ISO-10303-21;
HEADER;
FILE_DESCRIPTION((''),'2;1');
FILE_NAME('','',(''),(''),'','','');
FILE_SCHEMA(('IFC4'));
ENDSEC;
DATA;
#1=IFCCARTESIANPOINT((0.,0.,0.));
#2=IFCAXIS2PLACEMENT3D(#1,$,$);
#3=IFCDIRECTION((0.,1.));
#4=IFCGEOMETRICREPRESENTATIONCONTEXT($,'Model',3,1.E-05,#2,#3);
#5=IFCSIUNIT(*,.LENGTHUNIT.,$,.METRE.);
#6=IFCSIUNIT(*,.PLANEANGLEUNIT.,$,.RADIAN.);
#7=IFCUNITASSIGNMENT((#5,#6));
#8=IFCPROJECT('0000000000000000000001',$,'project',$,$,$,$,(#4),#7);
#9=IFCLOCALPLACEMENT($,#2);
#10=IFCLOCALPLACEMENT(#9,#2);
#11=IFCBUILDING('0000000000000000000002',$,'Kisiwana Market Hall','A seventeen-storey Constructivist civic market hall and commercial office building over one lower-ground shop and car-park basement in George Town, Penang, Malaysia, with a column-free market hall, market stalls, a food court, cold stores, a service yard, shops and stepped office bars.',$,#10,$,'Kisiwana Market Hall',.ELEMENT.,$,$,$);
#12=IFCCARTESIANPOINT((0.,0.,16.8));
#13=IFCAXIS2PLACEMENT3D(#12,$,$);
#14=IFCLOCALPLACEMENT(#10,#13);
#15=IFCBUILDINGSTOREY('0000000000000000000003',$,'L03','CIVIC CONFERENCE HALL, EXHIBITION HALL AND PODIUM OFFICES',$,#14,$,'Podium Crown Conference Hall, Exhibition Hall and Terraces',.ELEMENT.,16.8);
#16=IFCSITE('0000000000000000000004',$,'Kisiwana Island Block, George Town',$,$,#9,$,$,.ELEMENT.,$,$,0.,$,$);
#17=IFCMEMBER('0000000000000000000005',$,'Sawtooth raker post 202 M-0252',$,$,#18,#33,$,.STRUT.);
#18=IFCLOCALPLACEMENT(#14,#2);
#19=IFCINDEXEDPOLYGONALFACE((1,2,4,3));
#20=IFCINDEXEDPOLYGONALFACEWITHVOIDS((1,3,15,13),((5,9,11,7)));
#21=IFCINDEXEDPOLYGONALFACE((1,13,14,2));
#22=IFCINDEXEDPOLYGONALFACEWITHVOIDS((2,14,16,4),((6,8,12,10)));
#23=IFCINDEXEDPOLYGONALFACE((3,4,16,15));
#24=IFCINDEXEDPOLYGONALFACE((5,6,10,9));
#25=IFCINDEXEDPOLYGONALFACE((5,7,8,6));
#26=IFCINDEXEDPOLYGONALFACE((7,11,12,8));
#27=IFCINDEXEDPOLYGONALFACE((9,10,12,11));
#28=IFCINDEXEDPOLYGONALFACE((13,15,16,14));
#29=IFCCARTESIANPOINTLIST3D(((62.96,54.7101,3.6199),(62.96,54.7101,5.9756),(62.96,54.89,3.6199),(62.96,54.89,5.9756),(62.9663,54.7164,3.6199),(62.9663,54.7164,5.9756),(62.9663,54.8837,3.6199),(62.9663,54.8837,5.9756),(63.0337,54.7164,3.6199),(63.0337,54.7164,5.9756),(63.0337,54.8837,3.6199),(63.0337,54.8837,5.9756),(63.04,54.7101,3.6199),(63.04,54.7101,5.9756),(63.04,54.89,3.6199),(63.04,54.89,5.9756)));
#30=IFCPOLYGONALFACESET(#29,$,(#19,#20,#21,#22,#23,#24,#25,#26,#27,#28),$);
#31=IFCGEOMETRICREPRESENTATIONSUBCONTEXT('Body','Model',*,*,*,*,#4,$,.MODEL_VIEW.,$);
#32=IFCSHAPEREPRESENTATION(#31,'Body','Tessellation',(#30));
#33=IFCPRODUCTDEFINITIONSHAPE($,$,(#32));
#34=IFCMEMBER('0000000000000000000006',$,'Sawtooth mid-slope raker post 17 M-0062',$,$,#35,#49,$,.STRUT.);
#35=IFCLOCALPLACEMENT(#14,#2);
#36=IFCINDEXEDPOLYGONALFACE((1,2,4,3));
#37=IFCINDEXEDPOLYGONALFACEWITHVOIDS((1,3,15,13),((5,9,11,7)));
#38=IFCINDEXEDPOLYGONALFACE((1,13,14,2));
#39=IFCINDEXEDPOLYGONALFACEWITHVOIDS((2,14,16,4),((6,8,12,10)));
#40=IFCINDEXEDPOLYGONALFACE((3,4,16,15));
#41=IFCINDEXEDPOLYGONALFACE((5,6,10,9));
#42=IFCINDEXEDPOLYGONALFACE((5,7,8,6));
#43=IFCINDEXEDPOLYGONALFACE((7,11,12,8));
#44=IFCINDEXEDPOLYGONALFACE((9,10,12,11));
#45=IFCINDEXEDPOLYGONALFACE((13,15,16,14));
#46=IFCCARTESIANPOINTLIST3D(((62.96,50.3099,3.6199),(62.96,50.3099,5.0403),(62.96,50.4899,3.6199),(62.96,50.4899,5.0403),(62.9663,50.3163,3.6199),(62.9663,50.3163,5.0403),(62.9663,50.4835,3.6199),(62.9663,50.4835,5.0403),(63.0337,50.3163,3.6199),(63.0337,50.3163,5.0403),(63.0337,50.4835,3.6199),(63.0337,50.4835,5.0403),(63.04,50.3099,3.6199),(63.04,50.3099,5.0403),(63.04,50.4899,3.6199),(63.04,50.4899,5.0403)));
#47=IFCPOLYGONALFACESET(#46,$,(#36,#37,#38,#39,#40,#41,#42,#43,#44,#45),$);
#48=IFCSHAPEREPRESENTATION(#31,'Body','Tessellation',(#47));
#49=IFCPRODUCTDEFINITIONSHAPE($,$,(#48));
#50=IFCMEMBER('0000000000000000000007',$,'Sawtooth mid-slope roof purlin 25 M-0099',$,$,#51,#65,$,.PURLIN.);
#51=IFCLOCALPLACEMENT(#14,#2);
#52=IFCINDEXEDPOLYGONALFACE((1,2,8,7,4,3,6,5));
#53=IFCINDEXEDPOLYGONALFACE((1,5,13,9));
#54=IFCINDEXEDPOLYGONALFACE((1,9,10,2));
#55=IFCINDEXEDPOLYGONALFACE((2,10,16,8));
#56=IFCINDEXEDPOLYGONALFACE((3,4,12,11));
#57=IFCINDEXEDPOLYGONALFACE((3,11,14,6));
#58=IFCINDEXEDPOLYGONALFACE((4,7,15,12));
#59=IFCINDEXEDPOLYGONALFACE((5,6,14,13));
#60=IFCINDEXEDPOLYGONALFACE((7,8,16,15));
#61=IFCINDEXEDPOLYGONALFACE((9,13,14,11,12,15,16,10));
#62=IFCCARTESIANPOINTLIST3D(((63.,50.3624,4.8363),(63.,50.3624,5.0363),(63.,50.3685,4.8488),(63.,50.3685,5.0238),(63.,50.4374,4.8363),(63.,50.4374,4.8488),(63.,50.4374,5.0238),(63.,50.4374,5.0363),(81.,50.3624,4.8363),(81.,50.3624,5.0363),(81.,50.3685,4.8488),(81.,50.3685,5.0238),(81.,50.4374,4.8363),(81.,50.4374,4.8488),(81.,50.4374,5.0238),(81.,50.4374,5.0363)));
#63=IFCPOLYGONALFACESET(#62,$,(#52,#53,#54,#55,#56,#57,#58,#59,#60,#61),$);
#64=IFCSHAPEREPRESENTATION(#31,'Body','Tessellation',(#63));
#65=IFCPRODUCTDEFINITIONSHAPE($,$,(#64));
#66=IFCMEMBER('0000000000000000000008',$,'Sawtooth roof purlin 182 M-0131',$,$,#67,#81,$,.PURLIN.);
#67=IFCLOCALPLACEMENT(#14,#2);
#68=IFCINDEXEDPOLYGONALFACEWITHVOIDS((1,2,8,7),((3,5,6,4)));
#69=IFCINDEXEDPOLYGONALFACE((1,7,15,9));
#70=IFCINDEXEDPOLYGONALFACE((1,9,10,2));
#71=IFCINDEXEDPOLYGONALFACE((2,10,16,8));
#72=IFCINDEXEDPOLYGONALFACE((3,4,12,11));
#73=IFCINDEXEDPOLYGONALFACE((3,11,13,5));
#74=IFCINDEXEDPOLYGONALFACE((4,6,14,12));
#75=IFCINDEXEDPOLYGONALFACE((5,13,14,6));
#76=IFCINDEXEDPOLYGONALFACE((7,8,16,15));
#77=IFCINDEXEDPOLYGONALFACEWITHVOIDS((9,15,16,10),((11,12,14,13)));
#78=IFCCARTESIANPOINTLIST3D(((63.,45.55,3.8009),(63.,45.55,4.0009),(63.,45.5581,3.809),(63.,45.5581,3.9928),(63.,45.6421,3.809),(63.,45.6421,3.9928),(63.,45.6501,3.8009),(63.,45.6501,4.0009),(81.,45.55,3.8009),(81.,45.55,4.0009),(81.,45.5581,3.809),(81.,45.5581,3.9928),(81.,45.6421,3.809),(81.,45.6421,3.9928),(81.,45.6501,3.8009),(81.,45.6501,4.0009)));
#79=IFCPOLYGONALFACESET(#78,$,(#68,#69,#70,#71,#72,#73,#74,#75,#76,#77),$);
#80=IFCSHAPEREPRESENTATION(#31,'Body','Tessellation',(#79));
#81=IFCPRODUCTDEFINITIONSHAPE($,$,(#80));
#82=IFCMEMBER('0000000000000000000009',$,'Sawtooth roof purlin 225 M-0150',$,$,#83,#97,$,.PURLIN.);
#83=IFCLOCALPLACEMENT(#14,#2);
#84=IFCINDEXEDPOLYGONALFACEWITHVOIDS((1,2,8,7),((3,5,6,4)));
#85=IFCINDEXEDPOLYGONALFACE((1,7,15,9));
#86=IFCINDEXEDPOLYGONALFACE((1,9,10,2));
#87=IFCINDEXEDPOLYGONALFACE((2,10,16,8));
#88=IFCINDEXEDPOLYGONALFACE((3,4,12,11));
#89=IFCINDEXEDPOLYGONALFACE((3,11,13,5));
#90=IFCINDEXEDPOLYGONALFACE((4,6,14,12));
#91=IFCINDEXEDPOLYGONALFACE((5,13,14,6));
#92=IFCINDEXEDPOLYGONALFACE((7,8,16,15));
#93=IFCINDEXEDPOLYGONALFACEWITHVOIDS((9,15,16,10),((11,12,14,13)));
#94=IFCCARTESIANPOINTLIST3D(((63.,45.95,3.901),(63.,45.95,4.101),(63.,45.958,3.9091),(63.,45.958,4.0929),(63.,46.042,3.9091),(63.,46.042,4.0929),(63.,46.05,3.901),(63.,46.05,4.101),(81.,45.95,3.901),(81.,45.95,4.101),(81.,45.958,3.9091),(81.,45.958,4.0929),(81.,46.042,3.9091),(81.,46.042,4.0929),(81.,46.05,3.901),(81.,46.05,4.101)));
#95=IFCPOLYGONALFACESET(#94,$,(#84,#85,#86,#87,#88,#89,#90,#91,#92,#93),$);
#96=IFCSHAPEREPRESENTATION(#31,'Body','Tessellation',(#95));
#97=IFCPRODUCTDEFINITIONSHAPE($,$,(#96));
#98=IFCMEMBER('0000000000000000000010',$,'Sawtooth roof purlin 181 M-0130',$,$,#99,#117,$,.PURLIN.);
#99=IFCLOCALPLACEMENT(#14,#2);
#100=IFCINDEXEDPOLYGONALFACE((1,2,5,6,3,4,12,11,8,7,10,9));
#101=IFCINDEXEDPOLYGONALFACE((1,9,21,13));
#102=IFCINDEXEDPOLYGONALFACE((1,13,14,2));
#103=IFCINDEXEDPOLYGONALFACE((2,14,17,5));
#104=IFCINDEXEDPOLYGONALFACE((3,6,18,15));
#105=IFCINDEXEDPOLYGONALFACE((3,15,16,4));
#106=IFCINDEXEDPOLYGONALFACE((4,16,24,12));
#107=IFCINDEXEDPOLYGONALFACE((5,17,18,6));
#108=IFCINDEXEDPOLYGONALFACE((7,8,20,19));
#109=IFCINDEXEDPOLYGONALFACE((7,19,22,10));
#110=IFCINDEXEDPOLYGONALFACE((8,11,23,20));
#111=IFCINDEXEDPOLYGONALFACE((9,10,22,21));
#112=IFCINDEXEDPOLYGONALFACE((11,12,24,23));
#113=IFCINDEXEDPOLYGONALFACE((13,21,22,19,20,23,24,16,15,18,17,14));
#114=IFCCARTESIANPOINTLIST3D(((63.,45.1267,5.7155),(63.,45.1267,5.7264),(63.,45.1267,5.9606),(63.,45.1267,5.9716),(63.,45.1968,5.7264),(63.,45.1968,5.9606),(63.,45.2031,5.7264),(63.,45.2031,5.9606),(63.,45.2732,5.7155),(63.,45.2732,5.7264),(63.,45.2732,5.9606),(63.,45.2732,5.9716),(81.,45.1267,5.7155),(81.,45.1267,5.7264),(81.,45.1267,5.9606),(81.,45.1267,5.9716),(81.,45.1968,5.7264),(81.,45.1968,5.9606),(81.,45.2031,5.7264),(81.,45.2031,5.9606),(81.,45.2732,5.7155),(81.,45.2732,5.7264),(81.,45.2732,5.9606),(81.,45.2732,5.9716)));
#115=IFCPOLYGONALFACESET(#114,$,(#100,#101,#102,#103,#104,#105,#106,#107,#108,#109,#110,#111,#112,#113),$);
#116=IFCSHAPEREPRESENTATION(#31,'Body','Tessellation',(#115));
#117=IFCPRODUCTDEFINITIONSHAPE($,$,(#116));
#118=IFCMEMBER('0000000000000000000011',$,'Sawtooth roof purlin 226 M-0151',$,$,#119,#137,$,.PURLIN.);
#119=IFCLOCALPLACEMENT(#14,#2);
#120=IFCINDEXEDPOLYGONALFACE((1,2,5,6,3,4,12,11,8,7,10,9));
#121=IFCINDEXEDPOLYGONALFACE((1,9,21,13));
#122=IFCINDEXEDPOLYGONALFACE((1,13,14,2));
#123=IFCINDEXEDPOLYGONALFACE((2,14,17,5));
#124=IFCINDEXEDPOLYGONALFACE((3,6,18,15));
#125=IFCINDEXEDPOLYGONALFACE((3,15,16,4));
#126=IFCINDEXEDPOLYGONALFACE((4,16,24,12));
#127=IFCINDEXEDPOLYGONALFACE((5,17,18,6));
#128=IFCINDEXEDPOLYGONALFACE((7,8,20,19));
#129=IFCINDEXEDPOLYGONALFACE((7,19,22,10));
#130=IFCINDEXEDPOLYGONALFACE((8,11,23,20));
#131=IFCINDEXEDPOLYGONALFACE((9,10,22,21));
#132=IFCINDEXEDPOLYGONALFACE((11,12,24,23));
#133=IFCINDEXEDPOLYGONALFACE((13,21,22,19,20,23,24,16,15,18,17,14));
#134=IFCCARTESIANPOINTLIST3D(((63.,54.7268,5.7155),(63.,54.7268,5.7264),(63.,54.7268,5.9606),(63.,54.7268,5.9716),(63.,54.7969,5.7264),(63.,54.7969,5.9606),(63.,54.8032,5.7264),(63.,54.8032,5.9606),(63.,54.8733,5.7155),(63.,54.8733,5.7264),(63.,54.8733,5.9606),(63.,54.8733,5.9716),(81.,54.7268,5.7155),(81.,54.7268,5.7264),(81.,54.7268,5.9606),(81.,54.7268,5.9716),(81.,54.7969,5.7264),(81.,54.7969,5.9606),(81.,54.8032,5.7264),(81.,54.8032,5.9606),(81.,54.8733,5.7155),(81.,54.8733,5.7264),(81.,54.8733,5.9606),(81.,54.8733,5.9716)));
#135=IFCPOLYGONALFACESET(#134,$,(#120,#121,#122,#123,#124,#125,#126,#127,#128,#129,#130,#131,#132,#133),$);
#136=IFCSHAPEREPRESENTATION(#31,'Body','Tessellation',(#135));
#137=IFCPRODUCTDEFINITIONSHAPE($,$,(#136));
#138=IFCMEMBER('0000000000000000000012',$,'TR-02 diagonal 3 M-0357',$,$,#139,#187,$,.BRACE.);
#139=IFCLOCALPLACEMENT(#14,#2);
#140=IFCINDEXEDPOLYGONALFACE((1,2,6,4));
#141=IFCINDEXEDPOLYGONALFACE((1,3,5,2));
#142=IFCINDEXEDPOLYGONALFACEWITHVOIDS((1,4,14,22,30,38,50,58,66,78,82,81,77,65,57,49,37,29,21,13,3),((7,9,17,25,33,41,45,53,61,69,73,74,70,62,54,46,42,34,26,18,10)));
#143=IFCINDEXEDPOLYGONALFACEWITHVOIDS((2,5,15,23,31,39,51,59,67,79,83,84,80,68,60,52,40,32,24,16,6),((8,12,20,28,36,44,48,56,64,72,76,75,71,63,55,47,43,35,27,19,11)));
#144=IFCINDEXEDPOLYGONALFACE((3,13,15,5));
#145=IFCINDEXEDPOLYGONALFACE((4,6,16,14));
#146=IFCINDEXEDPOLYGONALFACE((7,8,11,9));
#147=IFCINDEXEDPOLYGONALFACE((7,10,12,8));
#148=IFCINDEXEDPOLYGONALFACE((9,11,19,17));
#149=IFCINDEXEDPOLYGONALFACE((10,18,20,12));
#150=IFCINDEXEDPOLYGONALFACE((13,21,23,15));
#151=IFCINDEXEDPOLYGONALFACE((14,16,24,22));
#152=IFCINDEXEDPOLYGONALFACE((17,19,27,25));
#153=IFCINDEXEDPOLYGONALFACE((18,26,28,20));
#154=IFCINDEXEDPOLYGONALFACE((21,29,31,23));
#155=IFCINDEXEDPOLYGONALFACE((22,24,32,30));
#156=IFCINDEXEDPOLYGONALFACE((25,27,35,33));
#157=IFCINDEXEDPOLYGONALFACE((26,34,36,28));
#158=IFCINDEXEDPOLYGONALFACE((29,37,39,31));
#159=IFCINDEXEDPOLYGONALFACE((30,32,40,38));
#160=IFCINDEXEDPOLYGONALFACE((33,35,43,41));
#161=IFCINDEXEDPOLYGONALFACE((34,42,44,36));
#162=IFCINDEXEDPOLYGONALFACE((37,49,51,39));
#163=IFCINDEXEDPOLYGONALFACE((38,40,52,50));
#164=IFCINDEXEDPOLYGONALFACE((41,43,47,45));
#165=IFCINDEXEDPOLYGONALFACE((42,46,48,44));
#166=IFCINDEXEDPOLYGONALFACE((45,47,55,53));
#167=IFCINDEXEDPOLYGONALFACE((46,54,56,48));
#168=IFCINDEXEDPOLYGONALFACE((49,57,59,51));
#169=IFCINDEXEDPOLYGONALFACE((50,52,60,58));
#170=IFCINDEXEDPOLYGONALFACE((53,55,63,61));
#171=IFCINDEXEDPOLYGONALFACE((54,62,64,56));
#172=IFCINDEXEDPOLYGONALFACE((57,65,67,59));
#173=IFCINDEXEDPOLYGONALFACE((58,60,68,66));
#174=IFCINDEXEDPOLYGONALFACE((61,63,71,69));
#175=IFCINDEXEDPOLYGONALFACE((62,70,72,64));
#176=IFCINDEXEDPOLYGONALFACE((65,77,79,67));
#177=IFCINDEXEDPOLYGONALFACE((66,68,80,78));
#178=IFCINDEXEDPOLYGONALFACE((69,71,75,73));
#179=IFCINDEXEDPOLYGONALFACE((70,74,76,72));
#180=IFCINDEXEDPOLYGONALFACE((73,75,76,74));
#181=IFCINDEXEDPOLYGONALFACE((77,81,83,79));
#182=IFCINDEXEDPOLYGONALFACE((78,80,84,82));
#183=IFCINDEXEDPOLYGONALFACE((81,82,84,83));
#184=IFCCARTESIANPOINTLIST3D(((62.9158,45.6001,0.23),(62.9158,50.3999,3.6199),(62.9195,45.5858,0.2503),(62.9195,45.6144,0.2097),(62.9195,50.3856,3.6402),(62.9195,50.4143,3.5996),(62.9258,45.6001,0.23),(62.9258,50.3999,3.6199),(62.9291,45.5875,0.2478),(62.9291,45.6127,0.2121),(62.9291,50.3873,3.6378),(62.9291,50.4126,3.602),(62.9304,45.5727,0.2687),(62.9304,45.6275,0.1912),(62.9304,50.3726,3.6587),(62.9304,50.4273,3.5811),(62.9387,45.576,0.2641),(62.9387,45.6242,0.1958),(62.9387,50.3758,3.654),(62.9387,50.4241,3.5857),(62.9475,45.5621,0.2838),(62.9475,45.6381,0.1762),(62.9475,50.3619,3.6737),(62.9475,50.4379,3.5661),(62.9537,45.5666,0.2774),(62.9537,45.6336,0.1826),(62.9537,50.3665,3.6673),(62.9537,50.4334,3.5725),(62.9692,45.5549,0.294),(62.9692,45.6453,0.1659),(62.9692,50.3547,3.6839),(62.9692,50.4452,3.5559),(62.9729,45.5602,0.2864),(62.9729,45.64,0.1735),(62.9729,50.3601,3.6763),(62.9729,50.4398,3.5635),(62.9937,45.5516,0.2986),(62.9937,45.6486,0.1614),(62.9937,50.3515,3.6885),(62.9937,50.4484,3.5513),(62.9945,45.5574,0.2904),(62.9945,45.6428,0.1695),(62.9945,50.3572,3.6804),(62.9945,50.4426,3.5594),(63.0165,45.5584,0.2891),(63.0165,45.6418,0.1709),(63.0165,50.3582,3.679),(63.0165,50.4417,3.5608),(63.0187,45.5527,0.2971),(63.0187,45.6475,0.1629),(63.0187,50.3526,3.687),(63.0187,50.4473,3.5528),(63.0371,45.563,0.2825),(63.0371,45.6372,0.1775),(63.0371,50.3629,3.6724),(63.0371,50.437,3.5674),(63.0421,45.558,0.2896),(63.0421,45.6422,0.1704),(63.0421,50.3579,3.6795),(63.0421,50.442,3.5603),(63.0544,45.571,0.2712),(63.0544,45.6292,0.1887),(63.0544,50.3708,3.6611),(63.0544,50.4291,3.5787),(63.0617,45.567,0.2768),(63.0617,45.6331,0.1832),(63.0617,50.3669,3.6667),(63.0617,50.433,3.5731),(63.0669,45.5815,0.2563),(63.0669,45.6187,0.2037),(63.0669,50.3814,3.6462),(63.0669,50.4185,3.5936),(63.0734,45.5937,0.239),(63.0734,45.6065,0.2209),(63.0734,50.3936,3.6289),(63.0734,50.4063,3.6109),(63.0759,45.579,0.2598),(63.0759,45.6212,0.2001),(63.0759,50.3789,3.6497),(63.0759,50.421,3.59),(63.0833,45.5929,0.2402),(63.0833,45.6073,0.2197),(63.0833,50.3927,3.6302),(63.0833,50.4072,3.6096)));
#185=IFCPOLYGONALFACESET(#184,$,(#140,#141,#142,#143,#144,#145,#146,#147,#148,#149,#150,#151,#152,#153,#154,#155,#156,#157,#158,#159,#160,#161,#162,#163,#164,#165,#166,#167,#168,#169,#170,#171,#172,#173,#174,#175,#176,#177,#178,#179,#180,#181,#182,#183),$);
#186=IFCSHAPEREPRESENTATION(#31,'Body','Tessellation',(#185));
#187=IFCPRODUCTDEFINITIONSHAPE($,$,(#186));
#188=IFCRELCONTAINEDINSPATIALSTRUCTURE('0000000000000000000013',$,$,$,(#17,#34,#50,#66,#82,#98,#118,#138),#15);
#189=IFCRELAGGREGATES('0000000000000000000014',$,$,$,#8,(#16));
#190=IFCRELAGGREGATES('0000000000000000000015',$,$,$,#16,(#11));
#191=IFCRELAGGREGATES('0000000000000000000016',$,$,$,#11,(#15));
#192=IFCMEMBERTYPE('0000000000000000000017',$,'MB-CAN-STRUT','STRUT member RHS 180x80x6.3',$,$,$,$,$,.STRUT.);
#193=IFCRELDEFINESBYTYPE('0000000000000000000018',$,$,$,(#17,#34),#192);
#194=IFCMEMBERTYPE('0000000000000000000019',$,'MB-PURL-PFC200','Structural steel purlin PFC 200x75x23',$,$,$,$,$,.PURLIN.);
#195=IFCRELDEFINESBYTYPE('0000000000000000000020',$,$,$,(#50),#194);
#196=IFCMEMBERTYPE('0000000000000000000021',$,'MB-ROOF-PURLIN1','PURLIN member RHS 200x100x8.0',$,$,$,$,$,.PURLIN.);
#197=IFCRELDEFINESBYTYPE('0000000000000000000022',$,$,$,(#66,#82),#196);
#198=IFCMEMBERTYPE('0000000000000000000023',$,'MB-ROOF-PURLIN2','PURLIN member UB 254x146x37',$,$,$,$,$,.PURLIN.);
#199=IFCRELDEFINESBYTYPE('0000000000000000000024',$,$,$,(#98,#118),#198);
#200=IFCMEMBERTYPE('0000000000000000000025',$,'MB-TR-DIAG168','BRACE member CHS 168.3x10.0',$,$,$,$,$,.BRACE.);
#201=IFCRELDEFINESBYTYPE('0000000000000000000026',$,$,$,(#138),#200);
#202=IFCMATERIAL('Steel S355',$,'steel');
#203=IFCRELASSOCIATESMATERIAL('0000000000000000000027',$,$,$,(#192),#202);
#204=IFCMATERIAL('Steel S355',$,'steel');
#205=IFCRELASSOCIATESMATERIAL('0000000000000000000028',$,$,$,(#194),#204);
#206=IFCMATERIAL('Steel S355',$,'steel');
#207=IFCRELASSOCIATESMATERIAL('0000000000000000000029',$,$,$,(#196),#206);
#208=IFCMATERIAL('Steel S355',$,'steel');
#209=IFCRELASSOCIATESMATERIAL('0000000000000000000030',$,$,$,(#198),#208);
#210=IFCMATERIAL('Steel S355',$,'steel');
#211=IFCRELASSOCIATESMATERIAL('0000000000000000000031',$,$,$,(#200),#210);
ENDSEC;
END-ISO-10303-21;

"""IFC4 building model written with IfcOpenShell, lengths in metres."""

from ifc_helpers import new_model, si_unit, direction, frame, origin, origin_2d, place, context, subcontext, project, spatial, hollow_rectangle, hollow_circle, i_section, u_section, extrude, material, material_profile, profile_set, type_object, element, save


model = new_model("IFC4")

# Units and contexts
model_context = context("Model", 3, precision=1e-05, world=origin(), true_north=direction((0.0, 1.0)))
body_context = subcontext(model_context, "Body", "Model", "MODEL_VIEW")
ifc_project = project(units=[si_unit("LENGTHUNIT", "METRE"), si_unit("PLANEANGLEUNIT", "RADIAN")], contexts=[model_context])

# Site, building, storey
site_placement = place(None, origin())
site = spatial("IfcSite", under=ifc_project, at=site_placement, Name="Kisiwana Island Block, George Town", CompositionType="ELEMENT", RefElevation=0.0)
building_placement = place(site_placement, origin())
building = spatial("IfcBuilding", under=site, at=building_placement, Name="Kisiwana Market Hall", Description="A seventeen-storey Constructivist civic market hall and commercial office building over one lower-ground shop and car-park basement in George Town, Penang, Malaysia, with a column-free market hall, market stalls, a food court, cold stores, a service yard, shops and stepped office bars.", LongName="Kisiwana Market Hall", CompositionType="ELEMENT")
storey_placement = place(building_placement, frame((0.0, 0.0, 16.8)))
storey = spatial("IfcBuildingStorey", under=building, at=storey_placement, Name="L03", Description="CIVIC CONFERENCE HALL, EXHIBITION HALL AND PODIUM OFFICES", LongName="Podium Crown Conference Hall, Exhibition Hall and Terraces", CompositionType="ELEMENT", Elevation=16.8)

# Members
ifc_material_1 = material(Name="Steel S355", Category="steel")
ifc_material_profile_1 = material_profile(ifc_material_1, hollow_rectangle(XDim=0.0801, YDim=0.1799, WallThickness=0.0063, at=origin_2d()), Name="RHS 180x80x6.3")
ifc_profile_set_1 = profile_set([ifc_material_profile_1], Name="Steel S355")
member_type_1 = type_object("IfcMemberType", Name="MB-CAN-STRUT", Description="STRUT member RHS 180x80x6.3", PredefinedType="STRUT", material=ifc_profile_set_1)
member_1_placement = place(storey_placement, frame((63.0, 54.8, 3.6199), z_axis=(0.0, 0.0, 1.0), x_axis=(1.0, 0.0, 0.0)))
element("IfcMember", 1, at=member_1_placement, inside=storey, type_object=member_type_1, Name="Sawtooth raker post 202 M-0252", PredefinedType="STRUT", context=body_context, shape_type="SweptSolid", body=[
    extrude(hollow_rectangle(XDim=0.0801, YDim=0.1799, WallThickness=0.0063, at=origin_2d()), origin(), (0.0, 0.0, 1.0), 2.3557),
])
member_2_placement = place(storey_placement, frame((63.0, 50.3999, 3.6199), z_axis=(0.0, 0.0, 1.0), x_axis=(1.0, 0.0, 0.0)))
element("IfcMember", 2, at=member_2_placement, inside=storey, type_object=member_type_1, Name="Sawtooth mid-slope raker post 17 M-0062", PredefinedType="STRUT", context=body_context, shape_type="SweptSolid", body=[
    extrude(hollow_rectangle(XDim=0.0801, YDim=0.1799, WallThickness=0.0063, at=origin_2d()), origin(), (0.0, 0.0, 1.0), 1.4204),
])
ifc_material_2 = material(Name="Steel S355", Category="steel")
ifc_material_profile_2 = material_profile(ifc_material_2, u_section(Depth=0.2, FlangeWidth=0.075, WebThickness=0.0061, FlangeThickness=0.0125, at=origin_2d()), Name="PFC 200x75x23")
ifc_profile_set_2 = profile_set([ifc_material_profile_2], Name="Steel S355")
member_type_2 = type_object("IfcMemberType", Name="MB-PURL-PFC200", Description="Structural steel purlin PFC 200x75x23", PredefinedType="PURLIN", material=ifc_profile_set_2)
member_3_placement = place(storey_placement, frame((63.0, 50.3999, 4.9363), z_axis=(1.0, 0.0, 0.0), x_axis=(0.0, 1.0, 0.0)))
element("IfcMember", 3, at=member_3_placement, inside=storey, type_object=member_type_2, Name="Sawtooth mid-slope roof purlin 25 M-0099", PredefinedType="PURLIN", context=body_context, shape_type="SweptSolid", body=[
    extrude(u_section(Depth=0.2, FlangeWidth=0.075, WebThickness=0.0061, FlangeThickness=0.0125, at=origin_2d()), origin(), (0.0, 0.0, 1.0), 18.0),
])
ifc_material_3 = material(Name="Steel S355", Category="steel")
ifc_material_profile_3 = material_profile(ifc_material_3, hollow_rectangle(XDim=0.1001, YDim=0.2, WallThickness=0.0081, at=origin_2d()), Name="RHS 200x100x8.0")
ifc_profile_set_3 = profile_set([ifc_material_profile_3], Name="Steel S355")
member_type_3 = type_object("IfcMemberType", Name="MB-ROOF-PURLIN1", Description="PURLIN member RHS 200x100x8.0", PredefinedType="PURLIN", material=ifc_profile_set_3)
for number, where, z_axis, x_axis, name in (
    (4, (63.0, 45.6001, 3.9009), (1.0, 0.0, 0.0), (0.0, 1.0, 0.0), "Sawtooth roof purlin 182 M-0131"),
    (5, (63.0, 46.0, 4.001), (1.0, 0.0, 0.0), (0.0, 1.0, 0.0), "Sawtooth roof purlin 225 M-0150"),
):
    element("IfcMember", number, at=place(storey_placement, frame(where, z_axis=z_axis, x_axis=x_axis)), inside=storey, type_object=member_type_3, Name=name, PredefinedType="PURLIN", context=body_context, shape_type="SweptSolid", body=[
        extrude(hollow_rectangle(XDim=0.1001, YDim=0.2, WallThickness=0.0081, at=origin_2d()), origin(), (0.0, 0.0, 1.0), 18.0),
    ])
ifc_material_4 = material(Name="Steel S355", Category="steel")
ifc_material_profile_4 = material_profile(ifc_material_4, i_section(OverallWidth=0.1465, OverallDepth=0.2561, WebThickness=0.0063, FlangeThickness=0.011, at=origin_2d()), Name="UB 254x146x37")
ifc_profile_set_4 = profile_set([ifc_material_profile_4], Name="Steel S355")
member_type_4 = type_object("IfcMemberType", Name="MB-ROOF-PURLIN2", Description="PURLIN member UB 254x146x37", PredefinedType="PURLIN", material=ifc_profile_set_4)
for number, where, z_axis, x_axis, name in (
    (6, (63.0, 45.2, 5.8435), (1.0, 0.0, 0.0), (0.0, 1.0, 0.0), "Sawtooth roof purlin 181 M-0130"),
    (7, (63.0, 54.8, 5.8435), (1.0, 0.0, 0.0), (0.0, 1.0, 0.0), "Sawtooth roof purlin 226 M-0151"),
):
    element("IfcMember", number, at=place(storey_placement, frame(where, z_axis=z_axis, x_axis=x_axis)), inside=storey, type_object=member_type_4, Name=name, PredefinedType="PURLIN", context=body_context, shape_type="SweptSolid", body=[
        extrude(i_section(OverallWidth=0.1465, OverallDepth=0.2561, WebThickness=0.0063, FlangeThickness=0.011, at=origin_2d()), origin(), (0.0, 0.0, 1.0), 18.0),
    ])
ifc_material_5 = material(Name="Steel S355", Category="steel")
ifc_material_profile_5 = material_profile(ifc_material_5, hollow_circle(Radius=0.0842, WallThickness=0.01, at=origin_2d()), Name="CHS 168.3x10.0")
ifc_profile_set_5 = profile_set([ifc_material_profile_5], Name="Steel S355")
member_type_5 = type_object("IfcMemberType", Name="MB-TR-DIAG168", Description="BRACE member CHS 168.3x10.0", PredefinedType="BRACE", material=ifc_profile_set_5)
member_4_placement = place(storey_placement, frame((63.0, 45.6001, 0.23), z_axis=(0.0, 0.816824, 0.576887), x_axis=(-1.0, 0.0, 0.0)))
element("IfcMember", 8, at=member_4_placement, inside=storey, type_object=member_type_5, Name="TR-02 diagonal 3 M-0357", PredefinedType="BRACE", context=body_context, shape_type="SweptSolid", body=[
    extrude(hollow_circle(Radius=0.0842, WallThickness=0.01, at=origin_2d()), origin(), (0.0, 0.0, 1.0), 5.8762),
])

save(model, "model.ifc")
